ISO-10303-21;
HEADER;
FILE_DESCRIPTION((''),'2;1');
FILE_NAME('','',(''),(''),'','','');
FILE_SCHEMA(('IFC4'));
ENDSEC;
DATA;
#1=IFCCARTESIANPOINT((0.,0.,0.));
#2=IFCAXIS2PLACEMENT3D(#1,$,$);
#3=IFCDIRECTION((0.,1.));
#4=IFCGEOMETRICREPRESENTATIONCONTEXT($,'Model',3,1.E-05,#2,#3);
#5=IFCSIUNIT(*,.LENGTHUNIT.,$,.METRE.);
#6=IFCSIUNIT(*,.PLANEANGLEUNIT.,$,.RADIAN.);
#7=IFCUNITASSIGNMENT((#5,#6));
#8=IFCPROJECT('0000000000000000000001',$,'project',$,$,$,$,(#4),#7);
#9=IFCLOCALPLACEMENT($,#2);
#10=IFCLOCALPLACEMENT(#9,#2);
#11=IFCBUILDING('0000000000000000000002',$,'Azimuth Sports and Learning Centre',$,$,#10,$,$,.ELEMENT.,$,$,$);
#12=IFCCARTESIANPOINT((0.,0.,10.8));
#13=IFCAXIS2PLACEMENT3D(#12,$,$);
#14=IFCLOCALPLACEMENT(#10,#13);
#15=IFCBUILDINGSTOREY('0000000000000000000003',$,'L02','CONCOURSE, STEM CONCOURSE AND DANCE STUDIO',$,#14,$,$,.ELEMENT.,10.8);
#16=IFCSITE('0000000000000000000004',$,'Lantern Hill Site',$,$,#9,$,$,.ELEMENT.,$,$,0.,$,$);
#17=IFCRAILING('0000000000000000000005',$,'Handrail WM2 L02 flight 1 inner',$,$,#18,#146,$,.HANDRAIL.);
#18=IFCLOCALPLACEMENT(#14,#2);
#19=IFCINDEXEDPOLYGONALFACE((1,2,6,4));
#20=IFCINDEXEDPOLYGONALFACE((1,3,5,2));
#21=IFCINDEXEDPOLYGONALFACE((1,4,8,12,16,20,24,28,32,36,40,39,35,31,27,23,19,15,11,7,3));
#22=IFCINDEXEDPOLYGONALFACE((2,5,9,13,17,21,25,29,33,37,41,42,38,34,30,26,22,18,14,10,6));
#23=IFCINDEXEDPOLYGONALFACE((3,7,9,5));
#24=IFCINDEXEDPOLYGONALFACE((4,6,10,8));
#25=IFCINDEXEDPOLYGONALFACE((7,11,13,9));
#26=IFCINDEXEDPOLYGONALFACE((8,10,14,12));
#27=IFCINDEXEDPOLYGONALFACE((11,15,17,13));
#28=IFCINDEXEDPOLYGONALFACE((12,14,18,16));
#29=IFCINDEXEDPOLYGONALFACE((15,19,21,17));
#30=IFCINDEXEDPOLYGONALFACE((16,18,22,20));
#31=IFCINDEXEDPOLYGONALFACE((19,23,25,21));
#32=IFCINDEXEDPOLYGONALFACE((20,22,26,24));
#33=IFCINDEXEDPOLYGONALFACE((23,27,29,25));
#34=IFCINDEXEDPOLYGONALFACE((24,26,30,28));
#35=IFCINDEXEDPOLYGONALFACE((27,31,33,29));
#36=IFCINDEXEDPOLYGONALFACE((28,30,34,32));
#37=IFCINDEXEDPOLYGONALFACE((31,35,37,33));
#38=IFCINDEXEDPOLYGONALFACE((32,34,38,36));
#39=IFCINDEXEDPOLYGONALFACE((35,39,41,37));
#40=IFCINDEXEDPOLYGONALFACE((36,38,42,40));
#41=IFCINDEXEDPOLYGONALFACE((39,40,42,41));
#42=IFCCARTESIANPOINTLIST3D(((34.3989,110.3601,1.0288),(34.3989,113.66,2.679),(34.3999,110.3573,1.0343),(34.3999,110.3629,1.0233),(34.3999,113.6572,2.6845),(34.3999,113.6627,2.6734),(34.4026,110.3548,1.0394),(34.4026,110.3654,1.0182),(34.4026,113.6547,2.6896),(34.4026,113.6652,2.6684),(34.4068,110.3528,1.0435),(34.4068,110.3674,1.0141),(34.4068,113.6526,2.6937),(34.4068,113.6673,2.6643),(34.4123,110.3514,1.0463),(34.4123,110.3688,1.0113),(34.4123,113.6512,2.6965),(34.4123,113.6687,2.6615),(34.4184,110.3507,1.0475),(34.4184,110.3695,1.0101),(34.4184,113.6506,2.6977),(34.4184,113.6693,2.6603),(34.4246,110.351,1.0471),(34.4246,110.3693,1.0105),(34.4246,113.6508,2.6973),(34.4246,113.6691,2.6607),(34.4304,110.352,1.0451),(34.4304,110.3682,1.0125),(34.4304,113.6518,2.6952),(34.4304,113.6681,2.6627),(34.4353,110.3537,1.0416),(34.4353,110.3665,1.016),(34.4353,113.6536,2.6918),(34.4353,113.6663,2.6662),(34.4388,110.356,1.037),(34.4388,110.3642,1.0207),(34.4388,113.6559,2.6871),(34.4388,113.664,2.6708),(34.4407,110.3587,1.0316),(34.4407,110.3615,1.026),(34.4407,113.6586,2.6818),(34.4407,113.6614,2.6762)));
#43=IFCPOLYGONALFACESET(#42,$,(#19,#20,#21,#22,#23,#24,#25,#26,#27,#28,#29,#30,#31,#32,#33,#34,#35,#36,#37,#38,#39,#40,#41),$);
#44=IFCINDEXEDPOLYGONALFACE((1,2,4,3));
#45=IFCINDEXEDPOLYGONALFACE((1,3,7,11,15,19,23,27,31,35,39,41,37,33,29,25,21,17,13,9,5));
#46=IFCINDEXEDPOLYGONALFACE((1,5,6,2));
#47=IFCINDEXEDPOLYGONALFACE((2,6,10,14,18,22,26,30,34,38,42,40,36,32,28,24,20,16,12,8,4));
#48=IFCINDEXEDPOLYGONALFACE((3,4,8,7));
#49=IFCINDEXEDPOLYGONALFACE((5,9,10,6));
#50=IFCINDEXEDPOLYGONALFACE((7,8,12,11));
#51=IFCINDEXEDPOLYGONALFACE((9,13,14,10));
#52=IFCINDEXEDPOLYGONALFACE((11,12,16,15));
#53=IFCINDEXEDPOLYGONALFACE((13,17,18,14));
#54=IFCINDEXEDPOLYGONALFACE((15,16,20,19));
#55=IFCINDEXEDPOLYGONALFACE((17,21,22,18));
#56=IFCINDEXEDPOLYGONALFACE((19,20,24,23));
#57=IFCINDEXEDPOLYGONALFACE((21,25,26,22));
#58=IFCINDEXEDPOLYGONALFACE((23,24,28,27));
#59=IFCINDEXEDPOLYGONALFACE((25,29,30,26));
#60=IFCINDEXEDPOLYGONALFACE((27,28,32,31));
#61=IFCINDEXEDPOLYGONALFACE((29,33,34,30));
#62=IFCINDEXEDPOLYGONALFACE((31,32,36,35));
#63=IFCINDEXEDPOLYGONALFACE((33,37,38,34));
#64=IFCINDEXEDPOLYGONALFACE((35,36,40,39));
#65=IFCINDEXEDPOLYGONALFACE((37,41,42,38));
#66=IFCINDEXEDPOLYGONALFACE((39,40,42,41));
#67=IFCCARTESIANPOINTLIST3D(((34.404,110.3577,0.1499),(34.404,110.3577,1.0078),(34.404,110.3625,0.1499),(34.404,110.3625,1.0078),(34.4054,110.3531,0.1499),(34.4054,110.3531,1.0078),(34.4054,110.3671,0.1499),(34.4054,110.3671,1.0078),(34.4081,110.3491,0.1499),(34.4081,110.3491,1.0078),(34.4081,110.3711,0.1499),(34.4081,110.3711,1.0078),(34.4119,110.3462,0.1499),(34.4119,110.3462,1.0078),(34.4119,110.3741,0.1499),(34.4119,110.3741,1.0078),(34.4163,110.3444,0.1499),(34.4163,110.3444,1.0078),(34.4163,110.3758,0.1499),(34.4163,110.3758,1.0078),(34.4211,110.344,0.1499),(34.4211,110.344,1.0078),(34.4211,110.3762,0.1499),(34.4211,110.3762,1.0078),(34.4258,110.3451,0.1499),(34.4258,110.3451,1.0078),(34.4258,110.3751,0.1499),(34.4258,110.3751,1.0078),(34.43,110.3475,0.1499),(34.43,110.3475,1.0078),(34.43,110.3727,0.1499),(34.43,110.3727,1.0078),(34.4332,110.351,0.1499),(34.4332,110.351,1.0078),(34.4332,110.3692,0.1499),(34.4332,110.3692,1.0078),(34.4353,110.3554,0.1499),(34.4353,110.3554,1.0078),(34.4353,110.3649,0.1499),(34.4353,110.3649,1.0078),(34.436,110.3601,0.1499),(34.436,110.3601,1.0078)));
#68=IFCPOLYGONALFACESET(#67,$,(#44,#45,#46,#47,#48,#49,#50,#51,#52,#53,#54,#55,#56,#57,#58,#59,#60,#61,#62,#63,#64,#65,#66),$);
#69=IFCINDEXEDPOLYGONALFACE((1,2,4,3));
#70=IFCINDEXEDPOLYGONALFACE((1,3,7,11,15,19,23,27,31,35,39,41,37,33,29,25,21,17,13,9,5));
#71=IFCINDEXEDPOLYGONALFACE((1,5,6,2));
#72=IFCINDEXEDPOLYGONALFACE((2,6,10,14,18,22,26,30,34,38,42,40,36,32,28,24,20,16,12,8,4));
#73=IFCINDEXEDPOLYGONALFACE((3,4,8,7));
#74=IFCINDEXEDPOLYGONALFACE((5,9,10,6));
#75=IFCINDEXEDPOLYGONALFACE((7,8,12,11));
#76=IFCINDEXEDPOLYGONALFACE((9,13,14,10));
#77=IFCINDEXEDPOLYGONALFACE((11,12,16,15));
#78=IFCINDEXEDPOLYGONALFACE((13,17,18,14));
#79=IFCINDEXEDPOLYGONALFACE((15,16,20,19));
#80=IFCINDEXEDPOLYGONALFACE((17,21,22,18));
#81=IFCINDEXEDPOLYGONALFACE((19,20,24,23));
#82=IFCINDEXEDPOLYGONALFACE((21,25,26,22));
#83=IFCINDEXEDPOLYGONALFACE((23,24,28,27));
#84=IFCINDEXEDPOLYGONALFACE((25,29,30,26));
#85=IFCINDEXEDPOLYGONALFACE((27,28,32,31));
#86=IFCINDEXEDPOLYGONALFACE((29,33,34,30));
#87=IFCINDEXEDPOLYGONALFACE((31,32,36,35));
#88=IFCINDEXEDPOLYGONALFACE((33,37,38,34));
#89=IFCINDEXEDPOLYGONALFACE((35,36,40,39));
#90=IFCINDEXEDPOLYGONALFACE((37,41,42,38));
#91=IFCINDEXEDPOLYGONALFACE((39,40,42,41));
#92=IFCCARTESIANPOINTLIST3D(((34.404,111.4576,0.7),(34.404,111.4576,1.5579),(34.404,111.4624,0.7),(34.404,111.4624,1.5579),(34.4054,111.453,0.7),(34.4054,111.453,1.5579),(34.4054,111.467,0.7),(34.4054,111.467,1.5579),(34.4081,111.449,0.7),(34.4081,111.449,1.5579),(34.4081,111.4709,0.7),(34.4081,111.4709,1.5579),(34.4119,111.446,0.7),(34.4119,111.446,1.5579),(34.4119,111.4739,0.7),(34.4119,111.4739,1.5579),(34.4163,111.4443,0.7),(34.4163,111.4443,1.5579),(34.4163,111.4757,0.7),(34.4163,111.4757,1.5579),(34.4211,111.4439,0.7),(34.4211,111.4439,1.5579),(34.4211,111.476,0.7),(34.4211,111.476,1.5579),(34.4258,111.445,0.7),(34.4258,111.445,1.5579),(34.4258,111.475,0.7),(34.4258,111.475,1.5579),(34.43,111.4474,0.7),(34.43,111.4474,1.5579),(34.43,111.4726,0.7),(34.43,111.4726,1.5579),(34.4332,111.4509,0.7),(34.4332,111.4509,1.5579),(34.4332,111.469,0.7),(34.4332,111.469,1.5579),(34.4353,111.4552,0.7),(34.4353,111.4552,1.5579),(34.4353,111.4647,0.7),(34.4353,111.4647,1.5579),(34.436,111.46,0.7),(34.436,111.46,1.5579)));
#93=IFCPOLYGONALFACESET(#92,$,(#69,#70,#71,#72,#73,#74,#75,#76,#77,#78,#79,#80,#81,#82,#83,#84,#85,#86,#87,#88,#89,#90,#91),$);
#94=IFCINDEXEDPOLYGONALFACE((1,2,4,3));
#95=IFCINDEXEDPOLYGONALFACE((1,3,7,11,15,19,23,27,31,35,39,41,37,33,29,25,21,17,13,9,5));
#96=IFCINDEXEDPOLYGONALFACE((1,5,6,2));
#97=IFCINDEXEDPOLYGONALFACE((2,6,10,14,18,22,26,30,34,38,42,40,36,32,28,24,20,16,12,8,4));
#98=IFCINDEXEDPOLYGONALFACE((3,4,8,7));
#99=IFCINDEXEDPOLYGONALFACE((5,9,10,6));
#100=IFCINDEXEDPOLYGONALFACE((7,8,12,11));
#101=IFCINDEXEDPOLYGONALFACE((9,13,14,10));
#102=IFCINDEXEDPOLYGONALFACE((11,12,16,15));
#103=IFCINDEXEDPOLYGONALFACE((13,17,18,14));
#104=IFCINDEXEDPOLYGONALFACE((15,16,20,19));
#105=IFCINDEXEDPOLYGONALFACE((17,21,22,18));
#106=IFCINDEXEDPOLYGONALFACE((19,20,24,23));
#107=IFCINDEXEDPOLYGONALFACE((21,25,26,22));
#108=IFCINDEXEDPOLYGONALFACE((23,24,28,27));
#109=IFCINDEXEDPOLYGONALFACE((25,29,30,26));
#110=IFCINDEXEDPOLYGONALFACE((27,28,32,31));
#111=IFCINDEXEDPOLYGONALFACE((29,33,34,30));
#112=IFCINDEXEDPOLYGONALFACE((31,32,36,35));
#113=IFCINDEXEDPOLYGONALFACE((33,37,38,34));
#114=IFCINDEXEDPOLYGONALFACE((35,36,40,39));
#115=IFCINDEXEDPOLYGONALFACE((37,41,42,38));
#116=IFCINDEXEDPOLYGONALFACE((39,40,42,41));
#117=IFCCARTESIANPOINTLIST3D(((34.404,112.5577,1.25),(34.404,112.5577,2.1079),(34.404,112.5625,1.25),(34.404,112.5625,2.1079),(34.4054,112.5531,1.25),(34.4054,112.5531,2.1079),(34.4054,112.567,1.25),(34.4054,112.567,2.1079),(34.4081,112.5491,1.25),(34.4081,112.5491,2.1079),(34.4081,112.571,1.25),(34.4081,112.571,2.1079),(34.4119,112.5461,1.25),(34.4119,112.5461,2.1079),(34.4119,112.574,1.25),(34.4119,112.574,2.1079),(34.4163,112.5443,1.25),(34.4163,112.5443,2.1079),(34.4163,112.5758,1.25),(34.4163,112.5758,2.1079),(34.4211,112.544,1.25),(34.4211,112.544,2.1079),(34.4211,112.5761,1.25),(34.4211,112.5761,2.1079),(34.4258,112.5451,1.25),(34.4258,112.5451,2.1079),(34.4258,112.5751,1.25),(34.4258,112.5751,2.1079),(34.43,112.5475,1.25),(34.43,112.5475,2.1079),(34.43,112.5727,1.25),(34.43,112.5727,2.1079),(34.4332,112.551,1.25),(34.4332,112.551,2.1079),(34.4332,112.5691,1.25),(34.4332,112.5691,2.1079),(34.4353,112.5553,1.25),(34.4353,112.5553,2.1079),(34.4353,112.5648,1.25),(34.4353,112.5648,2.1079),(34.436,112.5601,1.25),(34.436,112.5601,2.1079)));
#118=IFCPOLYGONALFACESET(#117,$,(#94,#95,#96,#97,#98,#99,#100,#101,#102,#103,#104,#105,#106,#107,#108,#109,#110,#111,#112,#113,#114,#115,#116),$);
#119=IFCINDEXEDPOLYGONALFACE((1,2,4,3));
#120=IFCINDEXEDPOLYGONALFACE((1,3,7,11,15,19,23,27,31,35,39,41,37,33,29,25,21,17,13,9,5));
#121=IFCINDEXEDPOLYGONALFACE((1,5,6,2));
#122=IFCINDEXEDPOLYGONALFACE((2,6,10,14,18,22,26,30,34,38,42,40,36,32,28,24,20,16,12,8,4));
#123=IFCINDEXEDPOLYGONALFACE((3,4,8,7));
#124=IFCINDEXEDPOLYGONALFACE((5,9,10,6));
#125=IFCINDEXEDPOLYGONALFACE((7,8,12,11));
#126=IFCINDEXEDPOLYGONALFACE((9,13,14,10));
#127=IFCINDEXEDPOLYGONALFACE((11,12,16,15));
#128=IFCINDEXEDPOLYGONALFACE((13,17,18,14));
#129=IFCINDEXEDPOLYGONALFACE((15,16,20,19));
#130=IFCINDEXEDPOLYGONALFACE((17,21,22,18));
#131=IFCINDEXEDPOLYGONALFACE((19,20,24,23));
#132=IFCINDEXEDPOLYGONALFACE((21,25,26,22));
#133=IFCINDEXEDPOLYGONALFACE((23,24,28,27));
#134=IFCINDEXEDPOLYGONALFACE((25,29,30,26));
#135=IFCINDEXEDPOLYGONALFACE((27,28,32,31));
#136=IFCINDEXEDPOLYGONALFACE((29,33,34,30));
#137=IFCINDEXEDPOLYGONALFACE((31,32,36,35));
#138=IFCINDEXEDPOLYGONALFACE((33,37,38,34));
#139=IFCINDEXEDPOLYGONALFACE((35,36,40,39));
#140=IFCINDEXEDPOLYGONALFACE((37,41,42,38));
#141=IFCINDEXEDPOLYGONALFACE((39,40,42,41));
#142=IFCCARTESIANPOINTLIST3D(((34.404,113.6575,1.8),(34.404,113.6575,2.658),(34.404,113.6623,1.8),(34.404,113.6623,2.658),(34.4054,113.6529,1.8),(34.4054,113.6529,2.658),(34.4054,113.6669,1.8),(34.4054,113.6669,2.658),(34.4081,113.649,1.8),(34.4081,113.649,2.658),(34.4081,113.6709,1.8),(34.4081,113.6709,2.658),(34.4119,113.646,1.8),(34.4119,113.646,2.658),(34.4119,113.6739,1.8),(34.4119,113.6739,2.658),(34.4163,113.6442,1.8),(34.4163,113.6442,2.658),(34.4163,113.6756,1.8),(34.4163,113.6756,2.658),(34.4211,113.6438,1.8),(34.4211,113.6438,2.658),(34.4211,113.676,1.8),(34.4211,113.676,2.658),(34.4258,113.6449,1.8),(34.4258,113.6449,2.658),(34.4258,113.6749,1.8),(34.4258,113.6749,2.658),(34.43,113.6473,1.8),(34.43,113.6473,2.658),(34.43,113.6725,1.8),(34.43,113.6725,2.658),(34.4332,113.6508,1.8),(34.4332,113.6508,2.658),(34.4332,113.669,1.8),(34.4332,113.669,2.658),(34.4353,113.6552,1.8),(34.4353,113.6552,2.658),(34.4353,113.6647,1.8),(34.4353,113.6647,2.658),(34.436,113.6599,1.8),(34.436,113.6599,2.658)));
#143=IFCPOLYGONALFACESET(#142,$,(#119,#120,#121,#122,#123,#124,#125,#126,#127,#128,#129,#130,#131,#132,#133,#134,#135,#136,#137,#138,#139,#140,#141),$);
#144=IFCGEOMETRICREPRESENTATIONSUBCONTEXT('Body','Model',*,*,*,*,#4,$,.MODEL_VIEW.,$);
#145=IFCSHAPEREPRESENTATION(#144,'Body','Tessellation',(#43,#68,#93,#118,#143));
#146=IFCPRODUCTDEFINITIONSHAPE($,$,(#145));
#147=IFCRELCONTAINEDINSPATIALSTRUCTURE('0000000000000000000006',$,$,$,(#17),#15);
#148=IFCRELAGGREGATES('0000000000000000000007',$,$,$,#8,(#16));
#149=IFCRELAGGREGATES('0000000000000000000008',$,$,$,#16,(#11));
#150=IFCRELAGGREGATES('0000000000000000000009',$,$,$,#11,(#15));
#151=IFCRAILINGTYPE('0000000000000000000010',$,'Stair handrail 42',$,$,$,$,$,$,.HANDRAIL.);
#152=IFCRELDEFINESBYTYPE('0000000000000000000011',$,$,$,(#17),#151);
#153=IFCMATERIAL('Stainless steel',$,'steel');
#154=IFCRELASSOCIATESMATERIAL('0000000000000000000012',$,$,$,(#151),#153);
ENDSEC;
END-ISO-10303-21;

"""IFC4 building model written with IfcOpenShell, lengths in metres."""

from ifc_helpers import new_model, si_unit, direction, frame, origin, origin_2d, place, context, subcontext, project, spatial, circle, extrude, material, type_object, element, save


model = new_model("IFC4")

# Units and contexts
model_context = context("Model", 3, precision=1e-05, world=origin(), true_north=direction((0.0, 1.0)))
body_context = subcontext(model_context, "Body", "Model", "MODEL_VIEW")
ifc_project = project(units=[si_unit("LENGTHUNIT", "METRE"), si_unit("PLANEANGLEUNIT", "RADIAN")], contexts=[model_context])

# Site, building, storey
site_placement = place(None, origin())
site = spatial("IfcSite", under=ifc_project, at=site_placement, Name="Lantern Hill Site", CompositionType="ELEMENT", RefElevation=0.0)
building_placement = place(site_placement, origin())
building = spatial("IfcBuilding", under=site, at=building_placement, Name="Azimuth Sports and Learning Centre", CompositionType="ELEMENT")
storey_placement = place(building_placement, frame((0.0, 0.0, 10.8)))
storey = spatial("IfcBuildingStorey", under=building, at=storey_placement, Name="L02", Description="CONCOURSE, STEM CONCOURSE AND DANCE STUDIO", CompositionType="ELEMENT", Elevation=10.8)

# Railing
ifc_material_1 = material(Name="Stainless steel", Category="steel")
railing_type_1 = type_object("IfcRailingType", Name="Stair handrail 42", PredefinedType="HANDRAIL", material=ifc_material_1)
for number, where, name in (
    (1, (34.4199, 110.3601, 0.1499), "Handrail WM2 L02 flight 1 inner"),
):
    element("IfcRailing", number, at=place(storey_placement, frame(where)), inside=storey, type_object=railing_type_1, Name=name, PredefinedType="HANDRAIL", context=body_context, shape_type="SweptSolid", body=[
        extrude(circle(Radius=0.021, at=origin_2d()), frame((0.0, 0.0, 0.8789), z_axis=(0.0, 0.894401, 0.447267), x_axis=(-1.0, 0.0, 0.0)), (0.0, 0.0, 1.0), 3.6895),
        extrude(circle(Radius=0.0161, at=origin_2d()), origin(), (0.0, 0.0, 1.0), 0.8579),
        extrude(circle(Radius=0.0161, at=origin_2d()), frame((0.0, 1.0999, 0.55)), (0.0, 0.0, 1.0), 0.8579),
        extrude(circle(Radius=0.0161, at=origin_2d()), frame((0.0, 2.2, 1.1001)), (0.0, 0.0, 1.0), 0.8579),
        extrude(circle(Radius=0.0161, at=origin_2d()), frame((0.0, 3.2998, 1.6501)), (0.0, 0.0, 1.0), 0.8579),
    ])

save(model, "model.ifc")
